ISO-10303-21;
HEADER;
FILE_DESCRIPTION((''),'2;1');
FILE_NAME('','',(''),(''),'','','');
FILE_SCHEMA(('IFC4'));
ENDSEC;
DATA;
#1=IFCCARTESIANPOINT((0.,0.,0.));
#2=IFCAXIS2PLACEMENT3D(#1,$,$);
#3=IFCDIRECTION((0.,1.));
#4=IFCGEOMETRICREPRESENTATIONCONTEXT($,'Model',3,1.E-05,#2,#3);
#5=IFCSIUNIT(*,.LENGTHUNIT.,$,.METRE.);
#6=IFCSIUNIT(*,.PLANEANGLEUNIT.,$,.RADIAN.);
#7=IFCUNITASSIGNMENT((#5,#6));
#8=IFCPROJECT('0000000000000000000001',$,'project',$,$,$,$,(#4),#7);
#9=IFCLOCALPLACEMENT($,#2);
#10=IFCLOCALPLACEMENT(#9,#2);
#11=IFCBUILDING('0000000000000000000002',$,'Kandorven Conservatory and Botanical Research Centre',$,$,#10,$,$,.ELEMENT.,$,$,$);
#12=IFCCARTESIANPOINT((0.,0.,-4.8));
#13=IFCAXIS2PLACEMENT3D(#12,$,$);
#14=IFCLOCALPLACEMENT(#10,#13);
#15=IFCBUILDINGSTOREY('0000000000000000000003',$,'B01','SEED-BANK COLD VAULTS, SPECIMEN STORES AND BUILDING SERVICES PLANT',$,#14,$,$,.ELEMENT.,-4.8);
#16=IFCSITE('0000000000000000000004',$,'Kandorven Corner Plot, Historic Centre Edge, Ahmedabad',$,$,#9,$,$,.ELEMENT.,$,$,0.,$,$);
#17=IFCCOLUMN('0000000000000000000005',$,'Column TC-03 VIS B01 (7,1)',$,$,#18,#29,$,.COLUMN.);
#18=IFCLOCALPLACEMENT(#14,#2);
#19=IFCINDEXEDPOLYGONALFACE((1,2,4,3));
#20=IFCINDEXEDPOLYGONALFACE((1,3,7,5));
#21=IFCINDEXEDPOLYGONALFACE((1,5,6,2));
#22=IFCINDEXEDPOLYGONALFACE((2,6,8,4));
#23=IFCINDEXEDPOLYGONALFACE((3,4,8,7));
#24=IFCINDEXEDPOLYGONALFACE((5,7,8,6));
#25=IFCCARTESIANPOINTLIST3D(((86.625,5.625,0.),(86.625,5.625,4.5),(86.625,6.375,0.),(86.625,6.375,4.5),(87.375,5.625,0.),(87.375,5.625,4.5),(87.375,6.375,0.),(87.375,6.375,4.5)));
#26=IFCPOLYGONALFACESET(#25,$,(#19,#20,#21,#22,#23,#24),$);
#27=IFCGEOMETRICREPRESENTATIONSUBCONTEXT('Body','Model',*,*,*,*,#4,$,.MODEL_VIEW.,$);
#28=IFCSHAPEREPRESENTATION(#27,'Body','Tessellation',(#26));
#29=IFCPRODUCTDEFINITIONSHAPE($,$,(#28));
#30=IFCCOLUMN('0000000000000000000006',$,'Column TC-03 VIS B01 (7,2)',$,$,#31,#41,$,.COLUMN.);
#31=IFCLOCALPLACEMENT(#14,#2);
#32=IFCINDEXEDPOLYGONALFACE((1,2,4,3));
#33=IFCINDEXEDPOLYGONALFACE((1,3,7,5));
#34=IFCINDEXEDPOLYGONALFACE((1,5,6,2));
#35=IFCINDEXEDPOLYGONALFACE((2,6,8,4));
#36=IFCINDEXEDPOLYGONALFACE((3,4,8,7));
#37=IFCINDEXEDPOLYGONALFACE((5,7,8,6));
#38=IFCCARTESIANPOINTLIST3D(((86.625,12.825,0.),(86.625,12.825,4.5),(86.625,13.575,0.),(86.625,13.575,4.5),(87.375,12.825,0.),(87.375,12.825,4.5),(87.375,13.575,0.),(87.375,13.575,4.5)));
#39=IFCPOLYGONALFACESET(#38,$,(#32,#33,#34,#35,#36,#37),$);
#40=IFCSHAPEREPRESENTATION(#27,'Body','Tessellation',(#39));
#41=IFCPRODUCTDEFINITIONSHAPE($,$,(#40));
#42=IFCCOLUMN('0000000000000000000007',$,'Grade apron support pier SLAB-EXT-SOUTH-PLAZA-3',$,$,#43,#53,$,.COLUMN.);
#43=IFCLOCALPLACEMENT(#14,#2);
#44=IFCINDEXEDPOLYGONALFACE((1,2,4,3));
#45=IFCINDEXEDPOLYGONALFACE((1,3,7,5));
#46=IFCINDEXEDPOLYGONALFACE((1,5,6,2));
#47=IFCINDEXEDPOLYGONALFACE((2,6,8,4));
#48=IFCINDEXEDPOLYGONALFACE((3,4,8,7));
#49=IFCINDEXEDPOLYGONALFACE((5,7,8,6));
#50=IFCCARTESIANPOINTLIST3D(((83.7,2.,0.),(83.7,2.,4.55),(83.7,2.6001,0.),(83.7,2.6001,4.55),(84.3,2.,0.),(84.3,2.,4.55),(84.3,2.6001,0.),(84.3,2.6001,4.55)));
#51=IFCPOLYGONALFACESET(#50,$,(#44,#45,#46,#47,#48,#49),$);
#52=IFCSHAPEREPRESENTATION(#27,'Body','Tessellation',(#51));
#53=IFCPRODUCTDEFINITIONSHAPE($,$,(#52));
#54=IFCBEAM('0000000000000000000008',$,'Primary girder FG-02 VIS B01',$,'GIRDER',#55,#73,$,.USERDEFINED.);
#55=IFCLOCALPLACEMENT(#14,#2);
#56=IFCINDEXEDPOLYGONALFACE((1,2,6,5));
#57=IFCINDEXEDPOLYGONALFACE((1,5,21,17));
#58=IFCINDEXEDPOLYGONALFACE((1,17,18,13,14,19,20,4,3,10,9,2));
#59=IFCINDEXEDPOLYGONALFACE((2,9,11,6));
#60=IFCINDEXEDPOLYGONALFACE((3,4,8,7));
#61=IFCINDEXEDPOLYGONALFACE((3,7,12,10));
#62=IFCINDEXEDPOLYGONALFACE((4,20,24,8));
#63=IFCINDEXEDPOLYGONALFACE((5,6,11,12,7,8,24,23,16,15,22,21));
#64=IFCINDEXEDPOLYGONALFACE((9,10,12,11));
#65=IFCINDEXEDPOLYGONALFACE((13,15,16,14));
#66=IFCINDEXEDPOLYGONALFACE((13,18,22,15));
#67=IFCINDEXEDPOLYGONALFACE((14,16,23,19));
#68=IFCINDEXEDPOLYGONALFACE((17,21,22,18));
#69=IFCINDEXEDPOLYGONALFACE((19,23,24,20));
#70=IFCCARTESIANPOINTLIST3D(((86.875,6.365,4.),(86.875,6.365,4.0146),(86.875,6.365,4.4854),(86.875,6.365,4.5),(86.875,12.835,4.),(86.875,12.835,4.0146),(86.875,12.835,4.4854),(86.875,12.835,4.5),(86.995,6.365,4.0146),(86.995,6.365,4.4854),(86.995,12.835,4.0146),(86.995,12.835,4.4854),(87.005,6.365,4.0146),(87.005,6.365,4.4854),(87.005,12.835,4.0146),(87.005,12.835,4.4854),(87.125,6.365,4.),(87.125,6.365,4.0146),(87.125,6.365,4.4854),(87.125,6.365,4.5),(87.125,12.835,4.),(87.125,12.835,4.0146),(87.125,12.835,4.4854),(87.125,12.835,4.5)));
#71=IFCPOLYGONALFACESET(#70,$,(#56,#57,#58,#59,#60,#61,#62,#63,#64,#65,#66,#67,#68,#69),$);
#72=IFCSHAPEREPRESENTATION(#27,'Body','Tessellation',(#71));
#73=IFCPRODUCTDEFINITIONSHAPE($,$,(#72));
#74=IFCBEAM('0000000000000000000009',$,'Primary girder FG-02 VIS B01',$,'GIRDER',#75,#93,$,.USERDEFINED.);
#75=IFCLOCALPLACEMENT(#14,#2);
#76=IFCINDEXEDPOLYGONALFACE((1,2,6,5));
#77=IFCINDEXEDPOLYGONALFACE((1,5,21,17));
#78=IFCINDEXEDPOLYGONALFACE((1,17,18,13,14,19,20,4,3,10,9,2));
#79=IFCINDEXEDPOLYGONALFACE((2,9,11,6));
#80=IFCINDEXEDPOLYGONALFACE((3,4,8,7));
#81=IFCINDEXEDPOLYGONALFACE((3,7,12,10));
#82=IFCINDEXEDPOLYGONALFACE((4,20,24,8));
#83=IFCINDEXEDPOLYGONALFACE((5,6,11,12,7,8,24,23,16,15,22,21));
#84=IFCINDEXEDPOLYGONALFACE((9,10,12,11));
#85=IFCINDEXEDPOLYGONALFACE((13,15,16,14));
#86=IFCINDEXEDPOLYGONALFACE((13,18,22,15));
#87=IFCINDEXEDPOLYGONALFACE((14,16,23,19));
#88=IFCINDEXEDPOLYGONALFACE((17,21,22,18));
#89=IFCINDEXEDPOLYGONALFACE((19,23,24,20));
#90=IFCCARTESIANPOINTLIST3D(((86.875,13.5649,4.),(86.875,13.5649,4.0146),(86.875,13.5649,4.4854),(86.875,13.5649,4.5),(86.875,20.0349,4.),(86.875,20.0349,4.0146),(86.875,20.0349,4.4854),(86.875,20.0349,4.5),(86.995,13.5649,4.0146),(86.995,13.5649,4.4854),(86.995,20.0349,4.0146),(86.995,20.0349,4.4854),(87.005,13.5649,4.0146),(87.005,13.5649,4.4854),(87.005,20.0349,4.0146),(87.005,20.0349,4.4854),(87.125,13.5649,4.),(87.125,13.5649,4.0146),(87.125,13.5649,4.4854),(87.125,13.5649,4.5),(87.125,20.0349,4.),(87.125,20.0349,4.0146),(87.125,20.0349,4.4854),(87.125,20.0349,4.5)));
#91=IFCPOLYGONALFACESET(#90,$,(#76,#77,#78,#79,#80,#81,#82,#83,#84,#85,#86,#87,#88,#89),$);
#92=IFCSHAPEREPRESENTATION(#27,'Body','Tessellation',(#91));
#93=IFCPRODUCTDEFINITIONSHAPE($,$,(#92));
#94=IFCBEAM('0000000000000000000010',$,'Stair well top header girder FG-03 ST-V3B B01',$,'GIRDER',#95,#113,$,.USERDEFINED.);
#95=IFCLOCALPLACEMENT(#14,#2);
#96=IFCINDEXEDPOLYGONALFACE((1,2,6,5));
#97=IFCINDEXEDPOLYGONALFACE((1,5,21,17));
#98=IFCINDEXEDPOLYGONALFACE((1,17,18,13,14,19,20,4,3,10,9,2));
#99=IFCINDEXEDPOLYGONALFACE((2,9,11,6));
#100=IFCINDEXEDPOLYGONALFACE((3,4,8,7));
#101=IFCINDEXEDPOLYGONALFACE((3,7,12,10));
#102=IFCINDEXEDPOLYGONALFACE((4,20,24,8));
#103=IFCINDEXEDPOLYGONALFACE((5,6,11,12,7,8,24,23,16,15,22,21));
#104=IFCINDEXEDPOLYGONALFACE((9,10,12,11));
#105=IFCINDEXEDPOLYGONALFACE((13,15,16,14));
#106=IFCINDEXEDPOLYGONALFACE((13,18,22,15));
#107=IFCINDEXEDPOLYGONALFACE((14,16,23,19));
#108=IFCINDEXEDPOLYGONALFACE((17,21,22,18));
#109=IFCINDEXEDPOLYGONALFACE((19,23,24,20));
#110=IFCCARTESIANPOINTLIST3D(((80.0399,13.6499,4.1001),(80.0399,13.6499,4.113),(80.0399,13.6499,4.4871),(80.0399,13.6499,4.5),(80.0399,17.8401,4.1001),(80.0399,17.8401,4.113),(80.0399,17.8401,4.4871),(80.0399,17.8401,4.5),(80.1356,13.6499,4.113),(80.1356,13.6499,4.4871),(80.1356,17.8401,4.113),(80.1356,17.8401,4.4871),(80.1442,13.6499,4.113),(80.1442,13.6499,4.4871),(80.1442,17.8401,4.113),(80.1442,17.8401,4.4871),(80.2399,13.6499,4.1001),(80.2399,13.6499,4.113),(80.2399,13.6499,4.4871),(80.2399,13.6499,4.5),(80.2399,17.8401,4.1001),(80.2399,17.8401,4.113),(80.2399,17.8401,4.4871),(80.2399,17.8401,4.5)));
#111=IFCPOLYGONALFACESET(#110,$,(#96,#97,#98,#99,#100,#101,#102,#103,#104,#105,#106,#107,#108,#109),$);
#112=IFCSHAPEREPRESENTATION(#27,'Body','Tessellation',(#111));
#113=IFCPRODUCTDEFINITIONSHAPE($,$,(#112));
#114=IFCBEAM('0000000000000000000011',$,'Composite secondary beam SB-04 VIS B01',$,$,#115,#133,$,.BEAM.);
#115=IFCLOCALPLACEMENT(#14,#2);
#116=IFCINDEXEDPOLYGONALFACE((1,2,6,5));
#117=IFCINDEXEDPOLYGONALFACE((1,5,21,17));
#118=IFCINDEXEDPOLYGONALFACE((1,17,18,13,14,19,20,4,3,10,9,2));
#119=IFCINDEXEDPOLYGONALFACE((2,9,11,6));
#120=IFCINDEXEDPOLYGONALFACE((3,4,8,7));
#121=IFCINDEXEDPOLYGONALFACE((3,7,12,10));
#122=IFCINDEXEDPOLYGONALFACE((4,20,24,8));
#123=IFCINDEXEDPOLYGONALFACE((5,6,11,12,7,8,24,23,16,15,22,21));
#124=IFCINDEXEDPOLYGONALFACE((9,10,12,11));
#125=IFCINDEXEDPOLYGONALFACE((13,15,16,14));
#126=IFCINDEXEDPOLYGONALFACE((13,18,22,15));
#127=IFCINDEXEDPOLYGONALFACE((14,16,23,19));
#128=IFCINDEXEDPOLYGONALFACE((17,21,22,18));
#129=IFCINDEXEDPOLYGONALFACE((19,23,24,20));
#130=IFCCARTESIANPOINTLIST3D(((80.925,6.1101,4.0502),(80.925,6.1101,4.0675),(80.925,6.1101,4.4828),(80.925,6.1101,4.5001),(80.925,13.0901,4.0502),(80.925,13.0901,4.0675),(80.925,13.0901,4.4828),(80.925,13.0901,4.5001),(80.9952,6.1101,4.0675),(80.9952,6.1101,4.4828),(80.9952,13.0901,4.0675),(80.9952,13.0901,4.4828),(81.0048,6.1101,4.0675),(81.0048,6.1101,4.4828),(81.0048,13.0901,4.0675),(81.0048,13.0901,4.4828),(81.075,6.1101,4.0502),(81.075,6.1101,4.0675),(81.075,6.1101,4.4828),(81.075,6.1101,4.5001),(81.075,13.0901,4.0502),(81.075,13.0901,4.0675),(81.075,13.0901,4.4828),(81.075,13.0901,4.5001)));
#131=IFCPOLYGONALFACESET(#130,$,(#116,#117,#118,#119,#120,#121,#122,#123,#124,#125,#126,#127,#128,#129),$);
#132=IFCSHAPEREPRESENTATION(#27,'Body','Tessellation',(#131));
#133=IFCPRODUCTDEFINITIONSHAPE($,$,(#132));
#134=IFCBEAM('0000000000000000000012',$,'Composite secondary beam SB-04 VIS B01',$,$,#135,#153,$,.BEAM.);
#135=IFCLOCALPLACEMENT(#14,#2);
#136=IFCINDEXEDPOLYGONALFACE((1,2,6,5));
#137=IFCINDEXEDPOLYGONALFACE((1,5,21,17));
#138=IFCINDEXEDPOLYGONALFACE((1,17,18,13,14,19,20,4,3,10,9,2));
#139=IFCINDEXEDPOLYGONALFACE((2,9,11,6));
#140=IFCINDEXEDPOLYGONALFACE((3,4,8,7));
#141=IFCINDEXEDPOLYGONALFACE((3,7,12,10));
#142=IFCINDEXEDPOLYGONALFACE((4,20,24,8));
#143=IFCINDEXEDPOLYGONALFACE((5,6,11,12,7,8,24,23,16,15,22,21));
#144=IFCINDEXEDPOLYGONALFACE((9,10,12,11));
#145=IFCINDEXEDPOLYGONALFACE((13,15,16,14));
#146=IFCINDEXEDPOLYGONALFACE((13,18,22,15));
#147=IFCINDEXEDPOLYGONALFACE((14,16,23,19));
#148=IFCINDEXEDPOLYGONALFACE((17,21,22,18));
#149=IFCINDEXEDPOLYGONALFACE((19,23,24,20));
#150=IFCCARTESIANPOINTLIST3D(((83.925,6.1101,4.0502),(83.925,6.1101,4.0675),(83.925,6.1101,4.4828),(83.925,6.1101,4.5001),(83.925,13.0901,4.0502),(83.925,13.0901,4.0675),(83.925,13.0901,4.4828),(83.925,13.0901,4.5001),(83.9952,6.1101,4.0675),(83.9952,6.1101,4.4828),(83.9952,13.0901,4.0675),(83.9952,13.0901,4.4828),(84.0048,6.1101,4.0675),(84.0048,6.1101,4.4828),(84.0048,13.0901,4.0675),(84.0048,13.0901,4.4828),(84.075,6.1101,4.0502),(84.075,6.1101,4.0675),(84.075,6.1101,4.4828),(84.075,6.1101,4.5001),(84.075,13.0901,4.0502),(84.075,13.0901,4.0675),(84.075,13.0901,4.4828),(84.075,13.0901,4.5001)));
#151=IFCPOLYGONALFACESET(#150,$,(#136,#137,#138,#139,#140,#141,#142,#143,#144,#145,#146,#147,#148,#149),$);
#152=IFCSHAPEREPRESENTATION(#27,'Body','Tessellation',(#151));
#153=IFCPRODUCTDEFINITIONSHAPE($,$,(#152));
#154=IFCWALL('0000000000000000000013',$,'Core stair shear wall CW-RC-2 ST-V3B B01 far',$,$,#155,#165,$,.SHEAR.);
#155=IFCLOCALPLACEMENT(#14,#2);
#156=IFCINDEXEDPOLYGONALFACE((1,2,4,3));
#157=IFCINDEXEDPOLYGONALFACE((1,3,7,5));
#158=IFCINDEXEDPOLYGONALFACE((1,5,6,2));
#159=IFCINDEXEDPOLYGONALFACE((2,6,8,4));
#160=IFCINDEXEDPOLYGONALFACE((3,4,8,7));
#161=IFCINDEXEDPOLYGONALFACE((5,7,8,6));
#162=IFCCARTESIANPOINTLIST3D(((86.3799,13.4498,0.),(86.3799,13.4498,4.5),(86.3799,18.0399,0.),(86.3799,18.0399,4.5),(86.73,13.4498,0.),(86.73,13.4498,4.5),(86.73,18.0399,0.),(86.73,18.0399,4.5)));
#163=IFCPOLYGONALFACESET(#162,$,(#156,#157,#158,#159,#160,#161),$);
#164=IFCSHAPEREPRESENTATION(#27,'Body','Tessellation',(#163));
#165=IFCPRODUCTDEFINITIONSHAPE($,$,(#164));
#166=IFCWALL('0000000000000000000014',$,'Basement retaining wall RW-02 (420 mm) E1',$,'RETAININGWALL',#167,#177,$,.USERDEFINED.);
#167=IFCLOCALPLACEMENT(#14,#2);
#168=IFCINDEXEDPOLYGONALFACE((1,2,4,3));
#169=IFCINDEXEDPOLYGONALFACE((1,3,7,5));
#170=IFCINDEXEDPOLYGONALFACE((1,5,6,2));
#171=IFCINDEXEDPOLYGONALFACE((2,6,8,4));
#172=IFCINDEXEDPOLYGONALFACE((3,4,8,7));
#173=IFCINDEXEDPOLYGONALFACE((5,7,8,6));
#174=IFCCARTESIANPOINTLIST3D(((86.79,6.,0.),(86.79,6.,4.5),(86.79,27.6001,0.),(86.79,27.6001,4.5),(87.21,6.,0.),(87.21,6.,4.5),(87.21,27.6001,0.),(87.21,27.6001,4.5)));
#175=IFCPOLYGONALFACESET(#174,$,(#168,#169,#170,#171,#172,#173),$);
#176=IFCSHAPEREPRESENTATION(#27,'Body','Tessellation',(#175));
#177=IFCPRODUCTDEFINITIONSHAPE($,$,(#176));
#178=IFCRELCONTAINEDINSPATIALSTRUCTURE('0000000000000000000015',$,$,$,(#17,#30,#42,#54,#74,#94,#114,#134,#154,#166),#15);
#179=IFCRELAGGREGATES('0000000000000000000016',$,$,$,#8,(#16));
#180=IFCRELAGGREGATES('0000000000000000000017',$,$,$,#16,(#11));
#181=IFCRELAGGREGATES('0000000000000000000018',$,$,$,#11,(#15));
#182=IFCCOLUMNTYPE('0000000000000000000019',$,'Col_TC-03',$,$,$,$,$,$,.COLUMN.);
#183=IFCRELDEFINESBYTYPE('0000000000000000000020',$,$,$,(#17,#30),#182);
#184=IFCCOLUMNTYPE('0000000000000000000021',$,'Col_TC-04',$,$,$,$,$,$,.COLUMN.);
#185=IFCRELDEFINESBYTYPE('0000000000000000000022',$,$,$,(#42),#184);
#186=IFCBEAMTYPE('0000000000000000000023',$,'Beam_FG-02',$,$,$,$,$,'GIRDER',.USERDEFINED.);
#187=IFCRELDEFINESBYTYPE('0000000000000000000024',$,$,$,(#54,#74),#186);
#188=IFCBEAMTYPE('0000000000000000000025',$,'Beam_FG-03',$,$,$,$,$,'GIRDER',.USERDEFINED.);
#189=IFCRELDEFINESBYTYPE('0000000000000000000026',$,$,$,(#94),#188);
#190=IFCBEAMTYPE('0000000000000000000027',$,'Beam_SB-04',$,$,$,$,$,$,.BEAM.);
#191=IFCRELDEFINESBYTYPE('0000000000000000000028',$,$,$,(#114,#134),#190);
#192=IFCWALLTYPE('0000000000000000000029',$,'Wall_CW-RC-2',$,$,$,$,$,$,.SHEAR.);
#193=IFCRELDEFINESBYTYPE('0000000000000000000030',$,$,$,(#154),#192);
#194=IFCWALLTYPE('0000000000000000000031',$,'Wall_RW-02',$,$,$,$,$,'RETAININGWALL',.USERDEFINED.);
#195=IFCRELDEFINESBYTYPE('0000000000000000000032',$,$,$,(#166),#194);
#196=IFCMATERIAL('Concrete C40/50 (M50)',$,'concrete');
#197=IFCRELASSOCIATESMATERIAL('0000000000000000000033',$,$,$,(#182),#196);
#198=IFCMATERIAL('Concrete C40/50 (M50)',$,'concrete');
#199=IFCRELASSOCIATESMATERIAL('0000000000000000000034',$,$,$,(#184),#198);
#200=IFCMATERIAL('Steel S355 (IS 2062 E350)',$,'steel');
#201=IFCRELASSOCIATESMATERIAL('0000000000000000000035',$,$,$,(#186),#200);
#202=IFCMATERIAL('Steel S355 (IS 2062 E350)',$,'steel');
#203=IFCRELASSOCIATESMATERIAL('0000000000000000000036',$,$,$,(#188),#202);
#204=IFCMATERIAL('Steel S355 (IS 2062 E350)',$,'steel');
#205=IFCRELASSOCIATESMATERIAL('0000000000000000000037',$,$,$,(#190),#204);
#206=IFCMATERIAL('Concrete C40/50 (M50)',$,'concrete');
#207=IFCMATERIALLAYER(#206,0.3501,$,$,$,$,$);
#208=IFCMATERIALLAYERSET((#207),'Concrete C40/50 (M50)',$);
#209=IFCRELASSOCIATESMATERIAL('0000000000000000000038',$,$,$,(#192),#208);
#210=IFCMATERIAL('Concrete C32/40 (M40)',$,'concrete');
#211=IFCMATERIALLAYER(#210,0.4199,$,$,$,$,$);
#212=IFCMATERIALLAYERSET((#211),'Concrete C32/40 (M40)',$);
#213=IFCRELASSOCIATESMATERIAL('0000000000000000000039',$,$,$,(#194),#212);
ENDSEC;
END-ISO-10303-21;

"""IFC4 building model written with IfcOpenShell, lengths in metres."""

from ifc_helpers import new_model, si_unit, direction, frame, frame_2d, origin, origin_2d, place, context, subcontext, project, spatial, rectangle, i_section, extrude, material, layer, layer_set, material_profile, profile_set, type_object, element, save


model = new_model("IFC4")

# Units and contexts
model_context = context("Model", 3, precision=1e-05, world=origin(), true_north=direction((0.0, 1.0)))
body_context = subcontext(model_context, "Body", "Model", "MODEL_VIEW")
ifc_project = project(units=[si_unit("LENGTHUNIT", "METRE"), si_unit("PLANEANGLEUNIT", "RADIAN")], contexts=[model_context])

# Site, building, storey
site_placement = place(None, origin())
site = spatial("IfcSite", under=ifc_project, at=site_placement, Name="Kandorven Corner Plot, Historic Centre Edge, Ahmedabad", CompositionType="ELEMENT", RefElevation=0.0)
building_placement = place(site_placement, origin())
building = spatial("IfcBuilding", under=site, at=building_placement, Name="Kandorven Conservatory and Botanical Research Centre", CompositionType="ELEMENT")
storey_placement = place(building_placement, frame((0.0, 0.0, -4.8)))
storey = spatial("IfcBuildingStorey", under=building, at=storey_placement, Name="B01", Description="SEED-BANK COLD VAULTS, SPECIMEN STORES AND BUILDING SERVICES PLANT", CompositionType="ELEMENT", Elevation=-4.8)

# Columns
ifc_material_1 = material(Name="Concrete C40/50 (M50)", Category="concrete")
ifc_material_profile_1 = material_profile(ifc_material_1, rectangle(XDim=0.75, YDim=0.75, at=origin_2d()))
ifc_profile_set_1 = profile_set([ifc_material_profile_1], Name="Concrete C40/50 (M50)")
column_type_1 = type_object("IfcColumnType", Name="Col_TC-03", PredefinedType="COLUMN", material=ifc_profile_set_1)
for number, where, z_axis, x_axis, name in (
    (1, (87.0, 6.0, 0.0), (0.0, 0.0, 1.0), (1.0, 0.0, 0.0), "Column TC-03 VIS B01 (7,1)"),
    (2, (87.0, 13.2, 0.0), (0.0, 0.0, 1.0), (1.0, 0.0, 0.0), "Column TC-03 VIS B01 (7,2)"),
):
    element("IfcColumn", number, at=place(storey_placement, frame(where, z_axis=z_axis, x_axis=x_axis)), inside=storey, type_object=column_type_1, Name=name, PredefinedType="COLUMN", context=body_context, shape_type="SweptSolid", body=[
        extrude(rectangle(XDim=0.75, YDim=0.75, at=origin_2d()), origin(), (0.0, 0.0, 1.0), 4.5),
    ])
ifc_material_2 = material(Name="Concrete C40/50 (M50)", Category="concrete")
ifc_material_profile_2 = material_profile(ifc_material_2, rectangle(XDim=0.6001, YDim=0.6001, at=origin_2d()))
ifc_profile_set_2 = profile_set([ifc_material_profile_2], Name="Concrete C40/50 (M50)")
column_type_2 = type_object("IfcColumnType", Name="Col_TC-04", PredefinedType="COLUMN", material=ifc_profile_set_2)
column_placement = place(storey_placement, frame((84.0, 2.3, 0.0), z_axis=(0.0, 0.0, 1.0), x_axis=(1.0, 0.0, 0.0)))
element("IfcColumn", 3, at=column_placement, inside=storey, type_object=column_type_2, Name="Grade apron support pier SLAB-EXT-SOUTH-PLAZA-3", PredefinedType="COLUMN", context=body_context, shape_type="SweptSolid", body=[
    extrude(rectangle(XDim=0.6001, YDim=0.6001, at=origin_2d()), origin(), (0.0, 0.0, 1.0), 4.55),
])

# Beams
ifc_material_3 = material(Name="Steel S355 (IS 2062 E350)", Category="steel")
ifc_material_profile_3 = material_profile(ifc_material_3, i_section(OverallWidth=0.25, OverallDepth=0.5, WebThickness=0.01, FlangeThickness=0.0146, at=origin_2d()))
ifc_profile_set_3 = profile_set([ifc_material_profile_3], Name="Steel S355 (IS 2062 E350)")
beam_type_1 = type_object("IfcBeamType", Name="Beam_FG-02", ElementType="GIRDER", PredefinedType="USERDEFINED", material=ifc_profile_set_3)
for number, where, z_axis, x_axis, name in (
    (4, (87.0, 6.365, 4.25), (0.0, 1.0, 0.0), (-1.0, 0.0, 0.0), "Primary girder FG-02 VIS B01"),
    (5, (87.0, 13.5649, 4.25), (0.0, 1.0, 0.0), (-1.0, 0.0, 0.0), "Primary girder FG-02 VIS B01"),
):
    element("IfcBeam", number, at=place(storey_placement, frame(where, z_axis=z_axis, x_axis=x_axis)), inside=storey, type_object=beam_type_1, Name=name, ObjectType="GIRDER", PredefinedType="USERDEFINED", context=body_context, shape_type="SweptSolid", body=[
        extrude(i_section(OverallWidth=0.25, OverallDepth=0.5, WebThickness=0.01, FlangeThickness=0.0146, at=origin_2d()), origin(), (0.0, 0.0, 1.0), 6.47),
    ])
ifc_material_4 = material(Name="Steel S355 (IS 2062 E350)", Category="steel")
ifc_material_profile_4 = material_profile(ifc_material_4, i_section(OverallWidth=0.2, OverallDepth=0.3999, WebThickness=0.0085, FlangeThickness=0.0129, at=origin_2d()))
ifc_profile_set_4 = profile_set([ifc_material_profile_4], Name="Steel S355 (IS 2062 E350)")
beam_type_2 = type_object("IfcBeamType", Name="Beam_FG-03", ElementType="GIRDER", PredefinedType="USERDEFINED", material=ifc_profile_set_4)
beam_placement = place(storey_placement, frame((80.1399, 13.6499, 4.3), z_axis=(0.0, 1.0, 0.0), x_axis=(-1.0, 0.0, 0.0)))
element("IfcBeam", 6, at=beam_placement, inside=storey, type_object=beam_type_2, Name="Stair well top header girder FG-03 ST-V3B B01", ObjectType="GIRDER", PredefinedType="USERDEFINED", context=body_context, shape_type="SweptSolid", body=[
    extrude(i_section(OverallWidth=0.2, OverallDepth=0.3999, WebThickness=0.0085, FlangeThickness=0.0129, at=origin_2d()), origin(), (0.0, 0.0, 1.0), 4.1902),
])
ifc_material_5 = material(Name="Steel S355 (IS 2062 E350)", Category="steel")
ifc_material_profile_5 = material_profile(ifc_material_5, i_section(OverallWidth=0.1499, OverallDepth=0.45, WebThickness=0.0095, FlangeThickness=0.0173, at=origin_2d()))
ifc_profile_set_5 = profile_set([ifc_material_profile_5], Name="Steel S355 (IS 2062 E350)")
beam_type_3 = type_object("IfcBeamType", Name="Beam_SB-04", PredefinedType="BEAM", material=ifc_profile_set_5)
for number, where, z_axis, x_axis, name in (
    (7, (81.0, 6.1101, 4.2751), (0.0, 1.0, 0.0), (-1.0, 0.0, 0.0), "Composite secondary beam SB-04 VIS B01"),
    (8, (84.0, 6.1101, 4.2751), (0.0, 1.0, 0.0), (-1.0, 0.0, 0.0), "Composite secondary beam SB-04 VIS B01"),
):
    element("IfcBeam", number, at=place(storey_placement, frame(where, z_axis=z_axis, x_axis=x_axis)), inside=storey, type_object=beam_type_3, Name=name, PredefinedType="BEAM", context=body_context, shape_type="SweptSolid", body=[
        extrude(i_section(OverallWidth=0.1499, OverallDepth=0.45, WebThickness=0.0095, FlangeThickness=0.0173, at=origin_2d()), origin(), (0.0, 0.0, 1.0), 6.98),
    ])

# Walls
ifc_material_6 = material(Name="Concrete C40/50 (M50)", Category="concrete")
ifc_layer_1 = layer(ifc_material_6, 0.3501)
ifc_layer_set_1 = layer_set([ifc_layer_1], Name="Concrete C40/50 (M50)")
wall_type_1 = type_object("IfcWallType", Name="Wall_CW-RC-2", PredefinedType="SHEAR", material=ifc_layer_set_1)
wall_1_placement = place(storey_placement, frame((86.5549, 13.45, 0.0), z_axis=(0.0, 0.0, 1.0), x_axis=(0.0, 1.0, 0.0)))
element("IfcWall", 9, at=wall_1_placement, inside=storey, type_object=wall_type_1, Name="Core stair shear wall CW-RC-2 ST-V3B B01 far", PredefinedType="SHEAR", context=body_context, shape_type="SweptSolid", body=[
    extrude(rectangle(XDim=4.5901, YDim=0.3501, at=frame_2d((2.2949, 0.0))), origin(), (0.0, 0.0, 1.0), 4.5),
])
ifc_material_7 = material(Name="Concrete C32/40 (M40)", Category="concrete")
ifc_layer_2 = layer(ifc_material_7, 0.4199)
ifc_layer_set_2 = layer_set([ifc_layer_2], Name="Concrete C32/40 (M40)")
wall_type_2 = type_object("IfcWallType", Name="Wall_RW-02", ElementType="RETAININGWALL", PredefinedType="USERDEFINED", material=ifc_layer_set_2)
wall_2_placement = place(storey_placement, frame((87.0, 6.0, 0.0), z_axis=(0.0, 0.0, 1.0), x_axis=(0.0, 1.0, 0.0)))
element("IfcWall", 10, at=wall_2_placement, inside=storey, type_object=wall_type_2, Name="Basement retaining wall RW-02 (420 mm) E1", ObjectType="RETAININGWALL", PredefinedType="USERDEFINED", context=body_context, shape_type="SweptSolid", body=[
    extrude(rectangle(XDim=21.6001, YDim=0.4199, at=frame_2d((10.8, 0.0))), origin(), (0.0, 0.0, 1.0), 4.5),
])

save(model, "model.ifc")
